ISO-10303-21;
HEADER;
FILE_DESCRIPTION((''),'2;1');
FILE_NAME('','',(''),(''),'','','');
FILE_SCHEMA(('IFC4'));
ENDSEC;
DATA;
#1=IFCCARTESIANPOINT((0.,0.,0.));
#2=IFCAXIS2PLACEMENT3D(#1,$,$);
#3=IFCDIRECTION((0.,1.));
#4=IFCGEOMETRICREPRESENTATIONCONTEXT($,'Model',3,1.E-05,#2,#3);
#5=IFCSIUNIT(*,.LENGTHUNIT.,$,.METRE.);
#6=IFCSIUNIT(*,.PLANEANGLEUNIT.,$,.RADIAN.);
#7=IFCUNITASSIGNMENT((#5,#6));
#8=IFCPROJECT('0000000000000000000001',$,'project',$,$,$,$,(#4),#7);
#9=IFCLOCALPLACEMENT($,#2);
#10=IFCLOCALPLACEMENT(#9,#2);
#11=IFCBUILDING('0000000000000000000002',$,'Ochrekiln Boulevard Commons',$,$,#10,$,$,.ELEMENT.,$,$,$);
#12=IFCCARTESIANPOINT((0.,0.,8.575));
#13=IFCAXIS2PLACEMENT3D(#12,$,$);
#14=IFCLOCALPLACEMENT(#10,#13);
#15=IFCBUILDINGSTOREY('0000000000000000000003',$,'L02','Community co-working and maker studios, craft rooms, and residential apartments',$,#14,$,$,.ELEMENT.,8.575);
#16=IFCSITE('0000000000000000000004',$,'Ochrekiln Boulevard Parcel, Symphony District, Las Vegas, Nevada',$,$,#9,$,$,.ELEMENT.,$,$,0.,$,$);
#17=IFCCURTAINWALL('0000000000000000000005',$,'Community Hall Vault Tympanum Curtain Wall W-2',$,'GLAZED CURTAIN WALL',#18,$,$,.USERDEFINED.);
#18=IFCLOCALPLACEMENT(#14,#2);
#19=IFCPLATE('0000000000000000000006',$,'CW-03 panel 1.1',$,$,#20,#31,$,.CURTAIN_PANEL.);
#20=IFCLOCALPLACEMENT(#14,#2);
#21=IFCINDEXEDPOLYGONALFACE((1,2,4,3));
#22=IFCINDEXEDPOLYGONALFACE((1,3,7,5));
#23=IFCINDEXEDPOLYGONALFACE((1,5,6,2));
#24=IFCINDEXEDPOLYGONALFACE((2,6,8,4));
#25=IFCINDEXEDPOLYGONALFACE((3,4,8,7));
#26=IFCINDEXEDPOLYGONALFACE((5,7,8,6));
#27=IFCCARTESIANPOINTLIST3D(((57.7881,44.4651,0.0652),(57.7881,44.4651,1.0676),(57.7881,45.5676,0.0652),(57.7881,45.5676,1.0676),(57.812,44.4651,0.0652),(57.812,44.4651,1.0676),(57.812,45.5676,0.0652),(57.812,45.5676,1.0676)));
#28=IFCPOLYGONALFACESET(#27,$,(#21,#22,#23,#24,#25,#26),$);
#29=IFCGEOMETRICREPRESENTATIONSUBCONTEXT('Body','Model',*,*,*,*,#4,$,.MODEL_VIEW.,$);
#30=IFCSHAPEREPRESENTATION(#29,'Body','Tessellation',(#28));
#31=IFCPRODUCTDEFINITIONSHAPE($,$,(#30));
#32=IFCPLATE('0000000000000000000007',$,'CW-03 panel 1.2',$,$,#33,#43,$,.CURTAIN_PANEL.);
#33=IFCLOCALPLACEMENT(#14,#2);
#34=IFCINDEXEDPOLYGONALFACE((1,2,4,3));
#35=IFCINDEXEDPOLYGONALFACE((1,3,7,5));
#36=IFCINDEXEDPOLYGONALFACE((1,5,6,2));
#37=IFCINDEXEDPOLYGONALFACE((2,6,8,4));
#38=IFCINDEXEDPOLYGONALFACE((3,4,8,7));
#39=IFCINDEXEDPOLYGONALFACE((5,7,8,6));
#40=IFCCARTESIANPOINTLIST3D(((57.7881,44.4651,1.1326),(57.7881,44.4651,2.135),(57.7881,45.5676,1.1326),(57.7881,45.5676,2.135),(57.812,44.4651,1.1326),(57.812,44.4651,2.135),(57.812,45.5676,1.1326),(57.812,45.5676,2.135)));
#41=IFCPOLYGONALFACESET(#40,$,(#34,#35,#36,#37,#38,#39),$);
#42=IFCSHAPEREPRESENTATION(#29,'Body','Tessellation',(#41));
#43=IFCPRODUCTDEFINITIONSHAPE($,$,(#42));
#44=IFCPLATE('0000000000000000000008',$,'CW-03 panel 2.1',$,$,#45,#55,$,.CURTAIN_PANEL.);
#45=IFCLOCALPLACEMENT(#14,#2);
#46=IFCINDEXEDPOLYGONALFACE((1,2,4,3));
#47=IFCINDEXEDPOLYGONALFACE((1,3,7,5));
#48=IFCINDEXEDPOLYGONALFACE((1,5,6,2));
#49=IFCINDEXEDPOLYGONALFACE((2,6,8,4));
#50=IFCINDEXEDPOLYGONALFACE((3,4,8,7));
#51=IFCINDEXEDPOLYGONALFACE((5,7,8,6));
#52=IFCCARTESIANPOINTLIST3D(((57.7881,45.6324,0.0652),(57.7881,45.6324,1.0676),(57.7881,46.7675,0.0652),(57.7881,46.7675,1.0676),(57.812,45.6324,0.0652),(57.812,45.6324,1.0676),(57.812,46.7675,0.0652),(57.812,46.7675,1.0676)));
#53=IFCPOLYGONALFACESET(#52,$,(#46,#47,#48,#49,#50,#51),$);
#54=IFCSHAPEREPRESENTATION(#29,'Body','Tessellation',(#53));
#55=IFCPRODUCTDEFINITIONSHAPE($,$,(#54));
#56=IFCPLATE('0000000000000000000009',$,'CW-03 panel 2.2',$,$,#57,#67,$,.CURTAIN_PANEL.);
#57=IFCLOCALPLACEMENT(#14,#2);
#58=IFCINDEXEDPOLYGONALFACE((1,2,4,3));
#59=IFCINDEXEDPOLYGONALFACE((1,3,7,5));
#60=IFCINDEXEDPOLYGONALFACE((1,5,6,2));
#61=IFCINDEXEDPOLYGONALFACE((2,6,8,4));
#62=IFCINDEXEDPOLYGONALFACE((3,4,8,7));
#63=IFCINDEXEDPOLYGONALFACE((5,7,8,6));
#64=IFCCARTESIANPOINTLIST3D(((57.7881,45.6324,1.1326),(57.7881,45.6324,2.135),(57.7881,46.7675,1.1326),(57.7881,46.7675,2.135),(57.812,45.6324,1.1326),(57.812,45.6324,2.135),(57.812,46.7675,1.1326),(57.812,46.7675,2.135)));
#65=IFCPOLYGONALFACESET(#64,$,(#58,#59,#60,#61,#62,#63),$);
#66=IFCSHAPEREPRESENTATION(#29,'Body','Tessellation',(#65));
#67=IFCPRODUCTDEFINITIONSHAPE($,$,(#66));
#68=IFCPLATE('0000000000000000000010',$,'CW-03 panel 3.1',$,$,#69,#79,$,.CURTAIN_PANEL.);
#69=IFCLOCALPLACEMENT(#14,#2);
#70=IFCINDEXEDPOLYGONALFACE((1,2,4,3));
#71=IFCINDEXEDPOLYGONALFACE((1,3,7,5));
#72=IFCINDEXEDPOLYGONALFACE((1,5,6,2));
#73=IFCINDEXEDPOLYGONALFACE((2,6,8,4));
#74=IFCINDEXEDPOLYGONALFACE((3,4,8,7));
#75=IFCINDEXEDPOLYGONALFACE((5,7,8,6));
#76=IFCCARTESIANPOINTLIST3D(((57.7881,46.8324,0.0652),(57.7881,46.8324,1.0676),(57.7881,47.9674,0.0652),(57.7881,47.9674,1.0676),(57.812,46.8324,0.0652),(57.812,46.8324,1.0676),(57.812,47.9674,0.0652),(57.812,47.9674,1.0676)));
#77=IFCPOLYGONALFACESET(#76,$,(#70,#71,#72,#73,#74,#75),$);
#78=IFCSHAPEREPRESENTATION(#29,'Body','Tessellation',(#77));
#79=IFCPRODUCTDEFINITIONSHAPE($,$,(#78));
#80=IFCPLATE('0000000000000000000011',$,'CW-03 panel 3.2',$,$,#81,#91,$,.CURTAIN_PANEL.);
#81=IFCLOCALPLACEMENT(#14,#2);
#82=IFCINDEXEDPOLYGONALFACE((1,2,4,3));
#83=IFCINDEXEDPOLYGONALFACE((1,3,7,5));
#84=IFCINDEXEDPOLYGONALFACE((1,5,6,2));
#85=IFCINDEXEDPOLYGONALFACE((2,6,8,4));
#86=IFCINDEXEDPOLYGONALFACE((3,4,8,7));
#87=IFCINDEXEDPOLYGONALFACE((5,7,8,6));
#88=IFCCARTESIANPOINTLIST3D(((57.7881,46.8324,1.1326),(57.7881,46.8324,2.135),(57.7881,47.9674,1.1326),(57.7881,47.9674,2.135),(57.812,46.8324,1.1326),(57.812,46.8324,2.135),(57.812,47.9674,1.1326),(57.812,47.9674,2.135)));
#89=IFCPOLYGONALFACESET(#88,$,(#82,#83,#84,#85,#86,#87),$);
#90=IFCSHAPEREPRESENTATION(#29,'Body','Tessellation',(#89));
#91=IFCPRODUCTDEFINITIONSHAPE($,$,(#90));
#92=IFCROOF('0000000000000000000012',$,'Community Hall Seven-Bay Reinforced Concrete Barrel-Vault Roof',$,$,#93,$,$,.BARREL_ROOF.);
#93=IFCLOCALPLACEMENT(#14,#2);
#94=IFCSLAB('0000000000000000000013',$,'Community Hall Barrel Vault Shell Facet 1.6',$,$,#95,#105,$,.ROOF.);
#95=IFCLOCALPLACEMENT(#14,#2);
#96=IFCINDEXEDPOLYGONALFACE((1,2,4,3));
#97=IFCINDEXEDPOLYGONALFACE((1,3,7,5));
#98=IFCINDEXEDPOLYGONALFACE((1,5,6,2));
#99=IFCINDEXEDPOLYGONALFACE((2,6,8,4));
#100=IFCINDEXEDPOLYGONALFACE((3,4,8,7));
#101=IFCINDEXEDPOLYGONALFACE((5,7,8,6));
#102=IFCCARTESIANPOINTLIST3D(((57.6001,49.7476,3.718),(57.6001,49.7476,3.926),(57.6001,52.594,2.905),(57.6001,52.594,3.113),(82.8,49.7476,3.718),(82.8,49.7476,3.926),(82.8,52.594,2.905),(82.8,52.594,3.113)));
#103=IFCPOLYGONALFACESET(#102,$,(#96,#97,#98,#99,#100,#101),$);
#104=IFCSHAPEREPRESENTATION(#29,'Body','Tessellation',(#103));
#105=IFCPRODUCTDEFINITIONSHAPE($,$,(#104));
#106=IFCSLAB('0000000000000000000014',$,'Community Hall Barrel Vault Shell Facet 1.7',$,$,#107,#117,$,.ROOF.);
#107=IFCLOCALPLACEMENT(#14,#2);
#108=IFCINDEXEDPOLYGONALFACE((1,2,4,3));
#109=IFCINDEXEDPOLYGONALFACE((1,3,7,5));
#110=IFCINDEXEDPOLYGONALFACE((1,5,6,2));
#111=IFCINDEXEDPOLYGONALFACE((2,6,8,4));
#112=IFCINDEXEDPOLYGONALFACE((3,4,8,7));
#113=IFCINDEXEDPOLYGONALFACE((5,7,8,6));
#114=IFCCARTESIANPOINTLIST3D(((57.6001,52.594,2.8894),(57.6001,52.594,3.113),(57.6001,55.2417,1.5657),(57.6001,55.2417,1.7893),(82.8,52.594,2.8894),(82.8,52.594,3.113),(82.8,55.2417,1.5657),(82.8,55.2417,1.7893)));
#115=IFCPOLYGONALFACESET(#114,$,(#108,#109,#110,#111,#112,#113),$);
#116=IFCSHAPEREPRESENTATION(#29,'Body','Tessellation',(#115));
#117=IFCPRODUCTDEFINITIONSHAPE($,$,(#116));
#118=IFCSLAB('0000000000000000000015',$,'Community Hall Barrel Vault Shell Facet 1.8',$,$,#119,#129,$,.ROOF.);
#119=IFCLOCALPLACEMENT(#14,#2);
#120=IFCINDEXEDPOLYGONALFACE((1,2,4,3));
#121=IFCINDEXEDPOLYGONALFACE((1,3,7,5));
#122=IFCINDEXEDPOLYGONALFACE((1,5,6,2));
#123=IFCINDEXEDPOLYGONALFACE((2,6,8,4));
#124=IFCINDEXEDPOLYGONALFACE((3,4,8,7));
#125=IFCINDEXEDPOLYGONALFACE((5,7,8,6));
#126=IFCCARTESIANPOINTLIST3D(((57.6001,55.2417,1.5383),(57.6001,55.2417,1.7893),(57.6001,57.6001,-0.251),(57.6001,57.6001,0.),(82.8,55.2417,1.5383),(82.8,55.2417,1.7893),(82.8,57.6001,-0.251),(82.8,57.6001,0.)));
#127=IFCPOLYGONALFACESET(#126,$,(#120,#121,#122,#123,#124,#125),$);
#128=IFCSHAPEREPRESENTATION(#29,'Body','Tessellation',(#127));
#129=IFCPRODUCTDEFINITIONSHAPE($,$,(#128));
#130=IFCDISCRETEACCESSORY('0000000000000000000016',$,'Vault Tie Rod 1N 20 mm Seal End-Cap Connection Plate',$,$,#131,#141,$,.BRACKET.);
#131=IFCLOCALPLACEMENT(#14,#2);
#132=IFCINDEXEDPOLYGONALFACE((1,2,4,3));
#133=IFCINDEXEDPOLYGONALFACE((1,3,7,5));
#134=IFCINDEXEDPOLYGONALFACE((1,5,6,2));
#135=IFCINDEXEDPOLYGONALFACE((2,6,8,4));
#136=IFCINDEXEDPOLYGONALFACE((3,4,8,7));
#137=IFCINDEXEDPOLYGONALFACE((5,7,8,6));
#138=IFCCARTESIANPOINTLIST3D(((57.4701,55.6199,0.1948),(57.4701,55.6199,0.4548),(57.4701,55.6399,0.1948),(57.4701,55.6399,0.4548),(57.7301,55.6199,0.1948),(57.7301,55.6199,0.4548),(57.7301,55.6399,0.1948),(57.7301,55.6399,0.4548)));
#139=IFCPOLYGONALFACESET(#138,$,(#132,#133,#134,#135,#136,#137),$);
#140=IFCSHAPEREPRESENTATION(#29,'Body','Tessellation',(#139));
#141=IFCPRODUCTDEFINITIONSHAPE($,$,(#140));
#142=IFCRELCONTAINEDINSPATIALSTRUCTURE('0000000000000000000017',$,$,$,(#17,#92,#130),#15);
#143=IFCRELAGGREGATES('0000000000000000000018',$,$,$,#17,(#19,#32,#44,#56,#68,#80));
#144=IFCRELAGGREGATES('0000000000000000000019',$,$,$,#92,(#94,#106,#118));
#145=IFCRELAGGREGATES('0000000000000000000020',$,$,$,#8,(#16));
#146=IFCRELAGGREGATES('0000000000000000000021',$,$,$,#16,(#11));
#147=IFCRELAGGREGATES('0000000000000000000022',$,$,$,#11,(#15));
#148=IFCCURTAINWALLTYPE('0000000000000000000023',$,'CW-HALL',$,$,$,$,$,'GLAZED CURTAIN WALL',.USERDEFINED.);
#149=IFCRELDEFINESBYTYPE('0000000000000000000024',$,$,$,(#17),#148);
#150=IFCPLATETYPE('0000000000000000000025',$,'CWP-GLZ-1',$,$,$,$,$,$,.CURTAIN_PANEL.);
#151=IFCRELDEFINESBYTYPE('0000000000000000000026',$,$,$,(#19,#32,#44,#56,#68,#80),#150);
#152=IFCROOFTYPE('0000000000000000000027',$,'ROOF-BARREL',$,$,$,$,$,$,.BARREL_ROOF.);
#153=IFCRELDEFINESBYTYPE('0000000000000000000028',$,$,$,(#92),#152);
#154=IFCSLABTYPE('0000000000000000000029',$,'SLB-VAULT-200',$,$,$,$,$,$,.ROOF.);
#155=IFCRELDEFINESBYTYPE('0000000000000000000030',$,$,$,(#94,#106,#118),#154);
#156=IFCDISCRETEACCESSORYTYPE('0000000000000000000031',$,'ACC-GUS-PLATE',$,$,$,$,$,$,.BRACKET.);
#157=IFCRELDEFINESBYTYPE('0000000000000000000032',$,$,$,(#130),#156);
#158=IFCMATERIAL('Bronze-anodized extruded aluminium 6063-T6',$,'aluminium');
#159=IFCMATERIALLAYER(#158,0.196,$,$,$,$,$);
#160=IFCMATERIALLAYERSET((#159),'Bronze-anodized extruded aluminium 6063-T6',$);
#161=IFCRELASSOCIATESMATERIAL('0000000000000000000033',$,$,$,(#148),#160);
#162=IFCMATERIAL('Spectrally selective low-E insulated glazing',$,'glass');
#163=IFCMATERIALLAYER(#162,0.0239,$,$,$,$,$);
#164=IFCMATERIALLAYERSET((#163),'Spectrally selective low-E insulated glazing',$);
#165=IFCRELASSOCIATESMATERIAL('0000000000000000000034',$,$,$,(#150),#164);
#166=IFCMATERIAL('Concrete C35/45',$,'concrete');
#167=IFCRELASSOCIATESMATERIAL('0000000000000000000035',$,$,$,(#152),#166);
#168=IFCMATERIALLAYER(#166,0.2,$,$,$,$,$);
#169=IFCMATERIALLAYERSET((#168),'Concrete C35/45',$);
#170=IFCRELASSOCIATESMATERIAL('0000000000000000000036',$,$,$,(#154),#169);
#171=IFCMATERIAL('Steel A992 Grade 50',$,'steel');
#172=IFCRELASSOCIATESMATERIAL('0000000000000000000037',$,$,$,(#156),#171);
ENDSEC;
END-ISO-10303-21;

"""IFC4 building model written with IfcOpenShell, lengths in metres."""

from ifc_helpers import new_model, si_unit, direction, frame, origin, origin_2d, place, context, subcontext, project, spatial, polyline, rectangle, outline, extrude, material, layer, layer_set, type_object, element, aggregate, save


model = new_model("IFC4")

# Units and contexts
model_context = context("Model", 3, precision=1e-05, world=origin(), true_north=direction((0.0, 1.0)))
body_context = subcontext(model_context, "Body", "Model", "MODEL_VIEW")
ifc_project = project(units=[si_unit("LENGTHUNIT", "METRE"), si_unit("PLANEANGLEUNIT", "RADIAN")], contexts=[model_context])

# Site, building, storey
site_placement = place(None, origin())
site = spatial("IfcSite", under=ifc_project, at=site_placement, Name="Ochrekiln Boulevard Parcel, Symphony District, Las Vegas, Nevada", CompositionType="ELEMENT", RefElevation=0.0)
building_placement = place(site_placement, origin())
building = spatial("IfcBuilding", under=site, at=building_placement, Name="Ochrekiln Boulevard Commons", CompositionType="ELEMENT")
storey_placement = place(building_placement, frame((0.0, 0.0, 8.575)))
storey = spatial("IfcBuildingStorey", under=building, at=storey_placement, Name="L02", Description="Community co-working and maker studios, craft rooms, and residential apartments", CompositionType="ELEMENT", Elevation=8.575)

# Curtain wall, plates
ifc_material_1 = material(Name="Bronze-anodized extruded aluminium 6063-T6", Category="aluminium")
ifc_layer_1 = layer(ifc_material_1, 0.196)
ifc_layer_set_1 = layer_set([ifc_layer_1], Name="Bronze-anodized extruded aluminium 6063-T6")
curtain_wall_type = type_object("IfcCurtainWallType", Name="CW-HALL", ElementType="GLAZED CURTAIN WALL", PredefinedType="USERDEFINED", material=ifc_layer_set_1)
curtain_wall_placement = place(storey_placement, origin())
curtain_wall = element("IfcCurtainWall", 1, at=curtain_wall_placement, inside=storey, type_object=curtain_wall_type, Name="Community Hall Vault Tympanum Curtain Wall W-2", ObjectType="GLAZED CURTAIN WALL", PredefinedType="USERDEFINED")
ifc_material_2 = material(Name="Spectrally selective low-E insulated glazing", Category="glass")
ifc_layer_2 = layer(ifc_material_2, 0.0239)
ifc_layer_set_2 = layer_set([ifc_layer_2], Name="Spectrally selective low-E insulated glazing")
plate_type = type_object("IfcPlateType", Name="CWP-GLZ-1", PredefinedType="CURTAIN_PANEL", material=ifc_layer_set_2)
plate_1_placement = place(storey_placement, frame((57.8, 45.0164, 0.0652), z_axis=(0.0, 0.0, 1.0), x_axis=(0.0, 1.0, 0.0)))
plate_1 = element("IfcPlate", 2, at=plate_1_placement, type_object=plate_type, Name="CW-03 panel 1.1", PredefinedType="CURTAIN_PANEL", context=body_context, shape_type="SweptSolid", body=[
    extrude(rectangle(XDim=1.1025, YDim=0.0239, at=origin_2d()), origin(), (0.0, 0.0, 1.0), 1.0024),
])
plate_2_placement = place(storey_placement, frame((57.8, 45.0164, 1.1326), z_axis=(0.0, 0.0, 1.0), x_axis=(0.0, 1.0, 0.0)))
plate_2 = element("IfcPlate", 3, at=plate_2_placement, type_object=plate_type, Name="CW-03 panel 1.2", PredefinedType="CURTAIN_PANEL", context=body_context, shape_type="SweptSolid", body=[
    extrude(rectangle(XDim=1.1025, YDim=0.0239, at=origin_2d()), origin(), (0.0, 0.0, 1.0), 1.0024),
])
plate_3_placement = place(storey_placement, frame((57.8, 46.2, 0.0652), z_axis=(0.0, 0.0, 1.0), x_axis=(0.0, 1.0, 0.0)))
plate_3 = element("IfcPlate", 4, at=plate_3_placement, type_object=plate_type, Name="CW-03 panel 2.1", PredefinedType="CURTAIN_PANEL", context=body_context, shape_type="SweptSolid", body=[
    extrude(rectangle(XDim=1.135, YDim=0.0239, at=origin_2d()), origin(), (0.0, 0.0, 1.0), 1.0024),
])
plate_4_placement = place(storey_placement, frame((57.8, 46.2, 1.1326), z_axis=(0.0, 0.0, 1.0), x_axis=(0.0, 1.0, 0.0)))
plate_4 = element("IfcPlate", 5, at=plate_4_placement, type_object=plate_type, Name="CW-03 panel 2.2", PredefinedType="CURTAIN_PANEL", context=body_context, shape_type="SweptSolid", body=[
    extrude(rectangle(XDim=1.135, YDim=0.0239, at=origin_2d()), origin(), (0.0, 0.0, 1.0), 1.0024),
])
plate_5_placement = place(storey_placement, frame((57.8, 47.3999, 0.0652), z_axis=(0.0, 0.0, 1.0), x_axis=(0.0, 1.0, 0.0)))
plate_5 = element("IfcPlate", 6, at=plate_5_placement, type_object=plate_type, Name="CW-03 panel 3.1", PredefinedType="CURTAIN_PANEL", context=body_context, shape_type="SweptSolid", body=[
    extrude(rectangle(XDim=1.135, YDim=0.0239, at=origin_2d()), origin(), (0.0, 0.0, 1.0), 1.0024),
])
plate_6_placement = place(storey_placement, frame((57.8, 47.3999, 1.1326), z_axis=(0.0, 0.0, 1.0), x_axis=(0.0, 1.0, 0.0)))
plate_6 = element("IfcPlate", 7, at=plate_6_placement, type_object=plate_type, Name="CW-03 panel 3.2", PredefinedType="CURTAIN_PANEL", context=body_context, shape_type="SweptSolid", body=[
    extrude(rectangle(XDim=1.135, YDim=0.0239, at=origin_2d()), origin(), (0.0, 0.0, 1.0), 1.0024),
])
aggregate(curtain_wall, [plate_1, plate_2, plate_3, plate_4, plate_5, plate_6])

# Roof, slabs
ifc_material_3 = material(Name="Concrete C35/45", Category="concrete")
roof_type = type_object("IfcRoofType", Name="ROOF-BARREL", PredefinedType="BARREL_ROOF", material=ifc_material_3)
roof_placement = place(storey_placement, origin())
roof = element("IfcRoof", 8, at=roof_placement, inside=storey, type_object=roof_type, Name="Community Hall Seven-Bay Reinforced Concrete Barrel-Vault Roof", PredefinedType="BARREL_ROOF")
ifc_layer_3 = layer(ifc_material_3, 0.2)
ifc_layer_set_3 = layer_set([ifc_layer_3], Name="Concrete C35/45")
slab_type = type_object("IfcSlabType", Name="SLB-VAULT-200", PredefinedType="ROOF", material=ifc_layer_set_3)
slab_1_placement = place(storey_placement, frame((57.6001, 49.7476, 3.926), z_axis=(1.0, 0.0, 0.0), x_axis=(0.0, 1.0, 0.0)))
slab_1 = element("IfcSlab", 9, at=slab_1_placement, type_object=slab_type, Name="Community Hall Barrel Vault Shell Facet 1.6", PredefinedType="ROOF", context=body_context, shape_type="SweptSolid", body=[
    extrude(outline(polyline([(0.0, 0.0), (2.8464, -0.813), (2.8464, -1.021), (0.0, -0.208), (0.0, 0.0)])), origin(), (0.0, 0.0, 1.0), 25.2),
])
slab_2_placement = place(storey_placement, frame((57.6001, 52.594, 3.113), z_axis=(1.0, 0.0, 0.0), x_axis=(0.0, 1.0, 0.0)))
slab_2 = element("IfcSlab", 10, at=slab_2_placement, type_object=slab_type, Name="Community Hall Barrel Vault Shell Facet 1.7", PredefinedType="ROOF", context=body_context, shape_type="SweptSolid", body=[
    extrude(outline(polyline([(0.0, 0.0), (2.6477, -1.3237), (2.6477, -1.5474), (0.0, -0.2236), (0.0, 0.0)])), origin(), (0.0, 0.0, 1.0), 25.2),
])
slab_3_placement = place(storey_placement, frame((57.6001, 55.2417, 1.7893), z_axis=(1.0, 0.0, 0.0), x_axis=(0.0, 1.0, 0.0)))
slab_3 = element("IfcSlab", 11, at=slab_3_placement, type_object=slab_type, Name="Community Hall Barrel Vault Shell Facet 1.8", PredefinedType="ROOF", context=body_context, shape_type="SweptSolid", body=[
    extrude(outline(polyline([(0.0, 0.0), (2.3584, -1.7893), (2.3584, -2.0403), (0.0, -0.251), (0.0, 0.0)])), origin(), (0.0, 0.0, 1.0), 25.2),
])
aggregate(roof, [slab_1, slab_2, slab_3])

# Discrete accessory
ifc_material_4 = material(Name="Steel A992 Grade 50", Category="steel")
discrete_accessory_type = type_object("IfcDiscreteAccessoryType", Name="ACC-GUS-PLATE", PredefinedType="BRACKET", material=ifc_material_4)
discrete_accessory_placement = place(storey_placement, frame((57.6001, 55.6299, 0.1948), z_axis=(0.0, 0.0, 1.0), x_axis=(1.0, 0.0, 0.0)))
element("IfcDiscreteAccessory", 12, at=discrete_accessory_placement, inside=storey, type_object=discrete_accessory_type, Name="Vault Tie Rod 1N 20 mm Seal End-Cap Connection Plate", PredefinedType="BRACKET", context=body_context, shape_type="SweptSolid", body=[
    extrude(rectangle(XDim=0.26, YDim=0.02, at=origin_2d()), origin(), (0.0, 0.0, 1.0), 0.26),
])

save(model, "model.ifc")
